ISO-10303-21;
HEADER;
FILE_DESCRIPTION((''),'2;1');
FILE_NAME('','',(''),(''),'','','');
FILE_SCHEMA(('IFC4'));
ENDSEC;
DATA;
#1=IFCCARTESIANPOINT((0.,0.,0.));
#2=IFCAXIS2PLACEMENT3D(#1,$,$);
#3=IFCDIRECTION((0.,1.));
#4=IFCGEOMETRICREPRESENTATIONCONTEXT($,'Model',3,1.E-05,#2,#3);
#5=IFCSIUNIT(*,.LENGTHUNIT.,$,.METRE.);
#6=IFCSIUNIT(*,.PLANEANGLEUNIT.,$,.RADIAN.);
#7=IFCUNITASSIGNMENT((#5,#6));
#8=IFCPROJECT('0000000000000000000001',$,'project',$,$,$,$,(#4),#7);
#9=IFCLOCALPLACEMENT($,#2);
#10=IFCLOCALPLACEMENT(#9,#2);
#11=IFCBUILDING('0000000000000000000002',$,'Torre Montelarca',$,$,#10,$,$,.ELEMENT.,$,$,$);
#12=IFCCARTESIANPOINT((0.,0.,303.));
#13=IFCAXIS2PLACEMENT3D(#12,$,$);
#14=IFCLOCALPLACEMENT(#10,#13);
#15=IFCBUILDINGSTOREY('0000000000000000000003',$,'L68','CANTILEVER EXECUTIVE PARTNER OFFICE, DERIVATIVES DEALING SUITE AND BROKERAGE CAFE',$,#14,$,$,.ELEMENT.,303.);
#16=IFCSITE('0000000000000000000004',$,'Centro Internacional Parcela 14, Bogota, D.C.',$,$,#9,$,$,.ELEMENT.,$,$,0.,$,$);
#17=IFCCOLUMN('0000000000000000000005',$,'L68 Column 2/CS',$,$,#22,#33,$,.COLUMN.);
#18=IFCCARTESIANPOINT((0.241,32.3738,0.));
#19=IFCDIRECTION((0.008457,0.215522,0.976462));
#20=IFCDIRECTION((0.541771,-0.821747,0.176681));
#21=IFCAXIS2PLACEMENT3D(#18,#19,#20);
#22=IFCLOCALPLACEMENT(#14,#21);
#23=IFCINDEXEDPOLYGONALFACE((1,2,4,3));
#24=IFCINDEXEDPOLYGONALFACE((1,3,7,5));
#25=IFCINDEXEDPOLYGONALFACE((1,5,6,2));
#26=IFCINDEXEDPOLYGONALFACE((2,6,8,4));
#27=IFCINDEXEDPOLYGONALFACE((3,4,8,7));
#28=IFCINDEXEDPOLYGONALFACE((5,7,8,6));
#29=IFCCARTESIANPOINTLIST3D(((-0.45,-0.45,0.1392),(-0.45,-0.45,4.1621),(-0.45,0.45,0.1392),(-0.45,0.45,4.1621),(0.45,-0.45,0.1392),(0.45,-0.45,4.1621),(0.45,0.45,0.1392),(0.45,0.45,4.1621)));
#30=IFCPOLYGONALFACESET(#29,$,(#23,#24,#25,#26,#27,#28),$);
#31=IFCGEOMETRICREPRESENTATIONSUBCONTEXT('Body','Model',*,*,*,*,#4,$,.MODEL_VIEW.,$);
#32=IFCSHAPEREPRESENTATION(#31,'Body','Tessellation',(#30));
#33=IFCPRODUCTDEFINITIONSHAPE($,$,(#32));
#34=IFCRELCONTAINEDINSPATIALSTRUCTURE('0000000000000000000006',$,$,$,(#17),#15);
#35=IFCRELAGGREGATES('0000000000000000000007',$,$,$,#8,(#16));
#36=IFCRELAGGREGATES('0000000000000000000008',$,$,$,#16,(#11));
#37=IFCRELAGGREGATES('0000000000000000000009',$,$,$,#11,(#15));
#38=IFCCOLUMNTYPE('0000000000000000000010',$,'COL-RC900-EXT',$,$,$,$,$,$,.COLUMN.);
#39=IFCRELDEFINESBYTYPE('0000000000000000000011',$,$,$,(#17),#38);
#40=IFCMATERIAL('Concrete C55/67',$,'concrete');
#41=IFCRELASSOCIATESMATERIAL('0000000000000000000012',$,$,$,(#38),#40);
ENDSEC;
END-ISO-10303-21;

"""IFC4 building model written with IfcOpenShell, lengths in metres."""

from ifc_helpers import new_model, si_unit, direction, frame, origin, origin_2d, place, context, subcontext, project, spatial, rectangle, extrude, clip, halfspace, material, material_profile, profile_set, type_object, element, save


model = new_model("IFC4")

# Units and contexts
model_context = context("Model", 3, precision=1e-05, world=origin(), true_north=direction((0.0, 1.0)))
body_context = subcontext(model_context, "Body", "Model", "MODEL_VIEW")
ifc_project = project(units=[si_unit("LENGTHUNIT", "METRE"), si_unit("PLANEANGLEUNIT", "RADIAN")], contexts=[model_context])

# Site, building, storey
site_placement = place(None, origin())
site = spatial("IfcSite", under=ifc_project, at=site_placement, Name="Centro Internacional Parcela 14, Bogota, D.C.", CompositionType="ELEMENT", RefElevation=0.0)
building_placement = place(site_placement, origin())
building = spatial("IfcBuilding", under=site, at=building_placement, Name="Torre Montelarca", CompositionType="ELEMENT")
storey_placement = place(building_placement, frame((0.0, 0.0, 303.0)))
storey = spatial("IfcBuildingStorey", under=building, at=storey_placement, Name="L68", Description="CANTILEVER EXECUTIVE PARTNER OFFICE, DERIVATIVES DEALING SUITE AND BROKERAGE CAFE", CompositionType="ELEMENT", Elevation=303.0)

# Column
ifc_material_1 = material(Name="Concrete C55/67", Category="concrete")
ifc_material_profile_1 = material_profile(ifc_material_1, rectangle(XDim=0.8999, YDim=0.8999, at=origin_2d()), Name="RC900X900", Category="concrete")
ifc_profile_set_1 = profile_set([ifc_material_profile_1], Name="Concrete C55/67")
column_type = type_object("IfcColumnType", Name="COL-RC900-EXT", PredefinedType="COLUMN", material=ifc_profile_set_1)
column_placement = place(storey_placement, frame((0.241, 32.3738, 0.0), z_axis=(0.008457, 0.215522, 0.976462), x_axis=(0.541771, -0.821747, 0.176681)))
element("IfcColumn", 1, at=column_placement, inside=storey, type_object=column_type, Name="L68 Column 2/CS", PredefinedType="COLUMN", context=body_context, shape_type="Clipping", body=[
    clip(clip(extrude(rectangle(XDim=0.8999, YDim=0.8999, at=origin_2d()), origin(), (0.0, 0.0, 1.0), 4.3013), halfspace(frame((0.0, 0.0, 0.1392), z_axis=(0.0, 0.0, -1.0), x_axis=(1.0, 0.0, 0.0)), False)), halfspace(frame((0.0, 0.0, 4.1621), z_axis=(0.0, 0.0, 1.0), x_axis=(1.0, 0.0, 0.0)), False)),
])

save(model, "model.ifc")
